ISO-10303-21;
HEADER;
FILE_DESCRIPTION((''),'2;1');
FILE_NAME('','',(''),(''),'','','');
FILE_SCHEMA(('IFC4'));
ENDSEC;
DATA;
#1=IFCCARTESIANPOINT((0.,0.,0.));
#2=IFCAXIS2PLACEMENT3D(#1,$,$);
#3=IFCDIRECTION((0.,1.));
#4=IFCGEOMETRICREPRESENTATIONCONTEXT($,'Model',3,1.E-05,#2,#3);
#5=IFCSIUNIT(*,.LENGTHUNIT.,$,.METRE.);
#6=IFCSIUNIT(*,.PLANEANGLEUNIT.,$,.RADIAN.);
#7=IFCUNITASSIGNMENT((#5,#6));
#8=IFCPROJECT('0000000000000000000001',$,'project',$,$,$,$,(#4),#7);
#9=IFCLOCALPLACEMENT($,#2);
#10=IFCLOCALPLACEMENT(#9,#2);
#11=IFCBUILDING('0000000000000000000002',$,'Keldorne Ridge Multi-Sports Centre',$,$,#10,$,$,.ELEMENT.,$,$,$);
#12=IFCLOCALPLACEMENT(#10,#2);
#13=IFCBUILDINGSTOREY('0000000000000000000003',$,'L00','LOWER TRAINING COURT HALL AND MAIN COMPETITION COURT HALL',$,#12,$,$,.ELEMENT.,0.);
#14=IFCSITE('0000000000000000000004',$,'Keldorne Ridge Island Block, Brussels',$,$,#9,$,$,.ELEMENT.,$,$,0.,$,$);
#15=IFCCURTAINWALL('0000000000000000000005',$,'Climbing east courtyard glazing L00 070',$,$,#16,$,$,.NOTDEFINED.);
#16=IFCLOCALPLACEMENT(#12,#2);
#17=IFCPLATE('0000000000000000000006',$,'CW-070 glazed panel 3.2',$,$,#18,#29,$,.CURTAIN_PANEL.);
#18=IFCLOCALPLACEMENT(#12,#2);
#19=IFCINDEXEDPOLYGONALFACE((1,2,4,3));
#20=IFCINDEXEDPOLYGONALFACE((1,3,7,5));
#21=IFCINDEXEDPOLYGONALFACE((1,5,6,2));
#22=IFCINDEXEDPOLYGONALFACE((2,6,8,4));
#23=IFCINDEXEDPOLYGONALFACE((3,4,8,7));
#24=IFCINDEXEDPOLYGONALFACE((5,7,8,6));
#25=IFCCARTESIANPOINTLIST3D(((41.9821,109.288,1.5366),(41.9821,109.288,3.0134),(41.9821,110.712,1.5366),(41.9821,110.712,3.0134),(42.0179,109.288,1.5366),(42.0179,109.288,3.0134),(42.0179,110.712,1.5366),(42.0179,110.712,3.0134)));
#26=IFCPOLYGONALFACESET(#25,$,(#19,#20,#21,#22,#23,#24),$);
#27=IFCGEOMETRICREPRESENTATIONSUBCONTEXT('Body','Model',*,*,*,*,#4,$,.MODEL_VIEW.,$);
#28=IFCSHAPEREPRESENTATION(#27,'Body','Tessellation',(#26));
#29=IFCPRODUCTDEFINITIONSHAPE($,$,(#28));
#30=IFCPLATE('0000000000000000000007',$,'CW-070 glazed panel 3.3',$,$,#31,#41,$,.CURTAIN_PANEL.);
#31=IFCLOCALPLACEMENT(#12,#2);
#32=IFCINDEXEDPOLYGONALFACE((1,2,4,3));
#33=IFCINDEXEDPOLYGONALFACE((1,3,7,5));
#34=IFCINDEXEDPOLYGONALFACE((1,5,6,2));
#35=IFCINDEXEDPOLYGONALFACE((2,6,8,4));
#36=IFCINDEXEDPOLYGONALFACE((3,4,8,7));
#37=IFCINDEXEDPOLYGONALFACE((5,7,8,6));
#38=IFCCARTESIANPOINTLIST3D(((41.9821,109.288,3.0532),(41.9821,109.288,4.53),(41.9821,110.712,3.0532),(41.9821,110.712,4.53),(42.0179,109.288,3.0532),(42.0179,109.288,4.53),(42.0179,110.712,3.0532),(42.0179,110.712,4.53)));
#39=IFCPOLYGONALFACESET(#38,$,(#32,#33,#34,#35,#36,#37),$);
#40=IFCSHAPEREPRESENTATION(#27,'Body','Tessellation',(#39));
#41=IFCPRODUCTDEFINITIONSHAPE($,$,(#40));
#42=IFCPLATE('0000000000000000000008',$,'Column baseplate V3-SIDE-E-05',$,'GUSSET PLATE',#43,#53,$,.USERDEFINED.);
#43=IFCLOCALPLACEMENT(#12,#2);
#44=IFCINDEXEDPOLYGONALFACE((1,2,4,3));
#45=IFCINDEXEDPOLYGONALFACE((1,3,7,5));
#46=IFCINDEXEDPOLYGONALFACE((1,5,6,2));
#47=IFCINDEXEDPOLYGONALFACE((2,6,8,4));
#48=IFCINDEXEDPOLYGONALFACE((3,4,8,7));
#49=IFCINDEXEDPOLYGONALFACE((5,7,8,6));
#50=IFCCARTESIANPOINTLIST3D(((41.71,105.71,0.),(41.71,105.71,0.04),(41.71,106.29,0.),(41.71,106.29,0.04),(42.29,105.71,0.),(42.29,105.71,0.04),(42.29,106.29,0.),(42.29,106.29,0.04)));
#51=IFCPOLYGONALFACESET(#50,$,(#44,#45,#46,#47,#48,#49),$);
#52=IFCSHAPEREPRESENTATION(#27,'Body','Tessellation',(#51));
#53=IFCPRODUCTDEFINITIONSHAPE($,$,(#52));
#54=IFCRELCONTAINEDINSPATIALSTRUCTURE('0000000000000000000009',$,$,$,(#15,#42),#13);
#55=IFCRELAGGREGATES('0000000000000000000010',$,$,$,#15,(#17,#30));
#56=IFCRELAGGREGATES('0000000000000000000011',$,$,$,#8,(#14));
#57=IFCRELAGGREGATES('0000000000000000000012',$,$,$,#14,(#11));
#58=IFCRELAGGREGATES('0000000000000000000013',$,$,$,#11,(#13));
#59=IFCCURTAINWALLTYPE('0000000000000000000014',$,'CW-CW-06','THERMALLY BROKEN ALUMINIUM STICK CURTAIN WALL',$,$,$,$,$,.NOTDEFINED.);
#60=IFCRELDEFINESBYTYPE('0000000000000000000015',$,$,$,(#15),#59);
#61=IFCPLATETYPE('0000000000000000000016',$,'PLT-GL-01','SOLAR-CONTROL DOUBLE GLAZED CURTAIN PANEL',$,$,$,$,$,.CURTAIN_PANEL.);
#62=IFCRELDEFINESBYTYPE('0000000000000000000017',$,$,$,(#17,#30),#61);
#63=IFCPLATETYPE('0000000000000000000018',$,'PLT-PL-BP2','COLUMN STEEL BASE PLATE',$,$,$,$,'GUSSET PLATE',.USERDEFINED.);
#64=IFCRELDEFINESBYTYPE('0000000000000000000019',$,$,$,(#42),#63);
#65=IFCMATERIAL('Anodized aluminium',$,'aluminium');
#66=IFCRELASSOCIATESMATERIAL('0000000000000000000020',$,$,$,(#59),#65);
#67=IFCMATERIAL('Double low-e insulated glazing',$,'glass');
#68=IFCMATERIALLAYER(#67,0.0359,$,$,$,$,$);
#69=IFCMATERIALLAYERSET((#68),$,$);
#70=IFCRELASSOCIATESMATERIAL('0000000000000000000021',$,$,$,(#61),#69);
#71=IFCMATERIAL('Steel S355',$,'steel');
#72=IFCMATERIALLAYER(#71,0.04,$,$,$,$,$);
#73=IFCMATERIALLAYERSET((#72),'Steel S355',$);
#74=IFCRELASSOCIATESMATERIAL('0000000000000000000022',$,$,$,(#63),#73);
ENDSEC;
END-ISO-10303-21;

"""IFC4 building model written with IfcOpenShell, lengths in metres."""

from ifc_helpers import new_model, si_unit, direction, frame, origin, origin_2d, place, context, subcontext, project, spatial, rectangle, extrude, material, layer, layer_set, type_object, element, aggregate, save


model = new_model("IFC4")

# Units and contexts
model_context = context("Model", 3, precision=1e-05, world=origin(), true_north=direction((0.0, 1.0)))
body_context = subcontext(model_context, "Body", "Model", "MODEL_VIEW")
ifc_project = project(units=[si_unit("LENGTHUNIT", "METRE"), si_unit("PLANEANGLEUNIT", "RADIAN")], contexts=[model_context])

# Site, building, storey
site_placement = place(None, origin())
site = spatial("IfcSite", under=ifc_project, at=site_placement, Name="Keldorne Ridge Island Block, Brussels", CompositionType="ELEMENT", RefElevation=0.0)
building_placement = place(site_placement, origin())
building = spatial("IfcBuilding", under=site, at=building_placement, Name="Keldorne Ridge Multi-Sports Centre", CompositionType="ELEMENT")
storey_placement = place(building_placement, origin())
storey = spatial("IfcBuildingStorey", under=building, at=storey_placement, Name="L00", Description="LOWER TRAINING COURT HALL AND MAIN COMPETITION COURT HALL", CompositionType="ELEMENT", Elevation=0.0)

# Shared definitions
ifc_material_1 = material(Name="Steel S355", Category="steel")

# Shared definitions
ifc_material_2 = material(Name="Anodized aluminium", Category="aluminium")

# Curtain wall
curtain_wall_type_1 = type_object("IfcCurtainWallType", Name="CW-CW-06", Description="THERMALLY BROKEN ALUMINIUM STICK CURTAIN WALL", PredefinedType="NOTDEFINED", material=ifc_material_2)
curtain_wall_1_placement = place(storey_placement, origin())
curtain_wall_1 = element("IfcCurtainWall", 1, at=curtain_wall_1_placement, inside=storey, type_object=curtain_wall_type_1, Name="Climbing east courtyard glazing L00 070", PredefinedType="NOTDEFINED")

# Plates
ifc_material_3 = material(Name="Double low-e insulated glazing", Category="glass")
ifc_layer_1 = layer(ifc_material_3, 0.0359)
ifc_layer_set_1 = layer_set([ifc_layer_1])
plate_type_1 = type_object("IfcPlateType", Name="PLT-GL-01", Description="SOLAR-CONTROL DOUBLE GLAZED CURTAIN PANEL", PredefinedType="CURTAIN_PANEL", material=ifc_layer_set_1)
plate_1_placement = place(storey_placement, frame((42.0, 110.0, 1.5366), z_axis=(0.0, 0.0, 1.0), x_axis=(0.0, 1.0, 0.0)))
plate_1 = element("IfcPlate", 2, at=plate_1_placement, type_object=plate_type_1, Name="CW-070 glazed panel 3.2", PredefinedType="CURTAIN_PANEL", context=body_context, shape_type="SweptSolid", body=[
    extrude(rectangle(XDim=1.4241, YDim=0.0359, at=origin_2d()), origin(), (0.0, 0.0, 1.0), 1.4768),
])
plate_2_placement = place(storey_placement, frame((42.0, 110.0, 3.0532), z_axis=(0.0, 0.0, 1.0), x_axis=(0.0, 1.0, 0.0)))
plate_2 = element("IfcPlate", 3, at=plate_2_placement, type_object=plate_type_1, Name="CW-070 glazed panel 3.3", PredefinedType="CURTAIN_PANEL", context=body_context, shape_type="SweptSolid", body=[
    extrude(rectangle(XDim=1.4241, YDim=0.0359, at=origin_2d()), origin(), (0.0, 0.0, 1.0), 1.4768),
])
aggregate(curtain_wall_1, [plate_1, plate_2])
ifc_layer_2 = layer(ifc_material_1, 0.04)
ifc_layer_set_2 = layer_set([ifc_layer_2], Name="Steel S355")
plate_type_2 = type_object("IfcPlateType", Name="PLT-PL-BP2", Description="COLUMN STEEL BASE PLATE", ElementType="GUSSET PLATE", PredefinedType="USERDEFINED", material=ifc_layer_set_2)
plate_3_placement = place(storey_placement, frame((42.0, 106.0, 0.0), z_axis=(0.0, 0.0, 1.0), x_axis=(1.0, 0.0, 0.0)))
element("IfcPlate", 4, at=plate_3_placement, inside=storey, type_object=plate_type_2, Name="Column baseplate V3-SIDE-E-05", ObjectType="GUSSET PLATE", PredefinedType="USERDEFINED", context=body_context, shape_type="SweptSolid", body=[
    extrude(rectangle(XDim=0.5801, YDim=0.5801, at=origin_2d()), origin(), (0.0, 0.0, 1.0), 0.04),
])

save(model, "model.ifc")
